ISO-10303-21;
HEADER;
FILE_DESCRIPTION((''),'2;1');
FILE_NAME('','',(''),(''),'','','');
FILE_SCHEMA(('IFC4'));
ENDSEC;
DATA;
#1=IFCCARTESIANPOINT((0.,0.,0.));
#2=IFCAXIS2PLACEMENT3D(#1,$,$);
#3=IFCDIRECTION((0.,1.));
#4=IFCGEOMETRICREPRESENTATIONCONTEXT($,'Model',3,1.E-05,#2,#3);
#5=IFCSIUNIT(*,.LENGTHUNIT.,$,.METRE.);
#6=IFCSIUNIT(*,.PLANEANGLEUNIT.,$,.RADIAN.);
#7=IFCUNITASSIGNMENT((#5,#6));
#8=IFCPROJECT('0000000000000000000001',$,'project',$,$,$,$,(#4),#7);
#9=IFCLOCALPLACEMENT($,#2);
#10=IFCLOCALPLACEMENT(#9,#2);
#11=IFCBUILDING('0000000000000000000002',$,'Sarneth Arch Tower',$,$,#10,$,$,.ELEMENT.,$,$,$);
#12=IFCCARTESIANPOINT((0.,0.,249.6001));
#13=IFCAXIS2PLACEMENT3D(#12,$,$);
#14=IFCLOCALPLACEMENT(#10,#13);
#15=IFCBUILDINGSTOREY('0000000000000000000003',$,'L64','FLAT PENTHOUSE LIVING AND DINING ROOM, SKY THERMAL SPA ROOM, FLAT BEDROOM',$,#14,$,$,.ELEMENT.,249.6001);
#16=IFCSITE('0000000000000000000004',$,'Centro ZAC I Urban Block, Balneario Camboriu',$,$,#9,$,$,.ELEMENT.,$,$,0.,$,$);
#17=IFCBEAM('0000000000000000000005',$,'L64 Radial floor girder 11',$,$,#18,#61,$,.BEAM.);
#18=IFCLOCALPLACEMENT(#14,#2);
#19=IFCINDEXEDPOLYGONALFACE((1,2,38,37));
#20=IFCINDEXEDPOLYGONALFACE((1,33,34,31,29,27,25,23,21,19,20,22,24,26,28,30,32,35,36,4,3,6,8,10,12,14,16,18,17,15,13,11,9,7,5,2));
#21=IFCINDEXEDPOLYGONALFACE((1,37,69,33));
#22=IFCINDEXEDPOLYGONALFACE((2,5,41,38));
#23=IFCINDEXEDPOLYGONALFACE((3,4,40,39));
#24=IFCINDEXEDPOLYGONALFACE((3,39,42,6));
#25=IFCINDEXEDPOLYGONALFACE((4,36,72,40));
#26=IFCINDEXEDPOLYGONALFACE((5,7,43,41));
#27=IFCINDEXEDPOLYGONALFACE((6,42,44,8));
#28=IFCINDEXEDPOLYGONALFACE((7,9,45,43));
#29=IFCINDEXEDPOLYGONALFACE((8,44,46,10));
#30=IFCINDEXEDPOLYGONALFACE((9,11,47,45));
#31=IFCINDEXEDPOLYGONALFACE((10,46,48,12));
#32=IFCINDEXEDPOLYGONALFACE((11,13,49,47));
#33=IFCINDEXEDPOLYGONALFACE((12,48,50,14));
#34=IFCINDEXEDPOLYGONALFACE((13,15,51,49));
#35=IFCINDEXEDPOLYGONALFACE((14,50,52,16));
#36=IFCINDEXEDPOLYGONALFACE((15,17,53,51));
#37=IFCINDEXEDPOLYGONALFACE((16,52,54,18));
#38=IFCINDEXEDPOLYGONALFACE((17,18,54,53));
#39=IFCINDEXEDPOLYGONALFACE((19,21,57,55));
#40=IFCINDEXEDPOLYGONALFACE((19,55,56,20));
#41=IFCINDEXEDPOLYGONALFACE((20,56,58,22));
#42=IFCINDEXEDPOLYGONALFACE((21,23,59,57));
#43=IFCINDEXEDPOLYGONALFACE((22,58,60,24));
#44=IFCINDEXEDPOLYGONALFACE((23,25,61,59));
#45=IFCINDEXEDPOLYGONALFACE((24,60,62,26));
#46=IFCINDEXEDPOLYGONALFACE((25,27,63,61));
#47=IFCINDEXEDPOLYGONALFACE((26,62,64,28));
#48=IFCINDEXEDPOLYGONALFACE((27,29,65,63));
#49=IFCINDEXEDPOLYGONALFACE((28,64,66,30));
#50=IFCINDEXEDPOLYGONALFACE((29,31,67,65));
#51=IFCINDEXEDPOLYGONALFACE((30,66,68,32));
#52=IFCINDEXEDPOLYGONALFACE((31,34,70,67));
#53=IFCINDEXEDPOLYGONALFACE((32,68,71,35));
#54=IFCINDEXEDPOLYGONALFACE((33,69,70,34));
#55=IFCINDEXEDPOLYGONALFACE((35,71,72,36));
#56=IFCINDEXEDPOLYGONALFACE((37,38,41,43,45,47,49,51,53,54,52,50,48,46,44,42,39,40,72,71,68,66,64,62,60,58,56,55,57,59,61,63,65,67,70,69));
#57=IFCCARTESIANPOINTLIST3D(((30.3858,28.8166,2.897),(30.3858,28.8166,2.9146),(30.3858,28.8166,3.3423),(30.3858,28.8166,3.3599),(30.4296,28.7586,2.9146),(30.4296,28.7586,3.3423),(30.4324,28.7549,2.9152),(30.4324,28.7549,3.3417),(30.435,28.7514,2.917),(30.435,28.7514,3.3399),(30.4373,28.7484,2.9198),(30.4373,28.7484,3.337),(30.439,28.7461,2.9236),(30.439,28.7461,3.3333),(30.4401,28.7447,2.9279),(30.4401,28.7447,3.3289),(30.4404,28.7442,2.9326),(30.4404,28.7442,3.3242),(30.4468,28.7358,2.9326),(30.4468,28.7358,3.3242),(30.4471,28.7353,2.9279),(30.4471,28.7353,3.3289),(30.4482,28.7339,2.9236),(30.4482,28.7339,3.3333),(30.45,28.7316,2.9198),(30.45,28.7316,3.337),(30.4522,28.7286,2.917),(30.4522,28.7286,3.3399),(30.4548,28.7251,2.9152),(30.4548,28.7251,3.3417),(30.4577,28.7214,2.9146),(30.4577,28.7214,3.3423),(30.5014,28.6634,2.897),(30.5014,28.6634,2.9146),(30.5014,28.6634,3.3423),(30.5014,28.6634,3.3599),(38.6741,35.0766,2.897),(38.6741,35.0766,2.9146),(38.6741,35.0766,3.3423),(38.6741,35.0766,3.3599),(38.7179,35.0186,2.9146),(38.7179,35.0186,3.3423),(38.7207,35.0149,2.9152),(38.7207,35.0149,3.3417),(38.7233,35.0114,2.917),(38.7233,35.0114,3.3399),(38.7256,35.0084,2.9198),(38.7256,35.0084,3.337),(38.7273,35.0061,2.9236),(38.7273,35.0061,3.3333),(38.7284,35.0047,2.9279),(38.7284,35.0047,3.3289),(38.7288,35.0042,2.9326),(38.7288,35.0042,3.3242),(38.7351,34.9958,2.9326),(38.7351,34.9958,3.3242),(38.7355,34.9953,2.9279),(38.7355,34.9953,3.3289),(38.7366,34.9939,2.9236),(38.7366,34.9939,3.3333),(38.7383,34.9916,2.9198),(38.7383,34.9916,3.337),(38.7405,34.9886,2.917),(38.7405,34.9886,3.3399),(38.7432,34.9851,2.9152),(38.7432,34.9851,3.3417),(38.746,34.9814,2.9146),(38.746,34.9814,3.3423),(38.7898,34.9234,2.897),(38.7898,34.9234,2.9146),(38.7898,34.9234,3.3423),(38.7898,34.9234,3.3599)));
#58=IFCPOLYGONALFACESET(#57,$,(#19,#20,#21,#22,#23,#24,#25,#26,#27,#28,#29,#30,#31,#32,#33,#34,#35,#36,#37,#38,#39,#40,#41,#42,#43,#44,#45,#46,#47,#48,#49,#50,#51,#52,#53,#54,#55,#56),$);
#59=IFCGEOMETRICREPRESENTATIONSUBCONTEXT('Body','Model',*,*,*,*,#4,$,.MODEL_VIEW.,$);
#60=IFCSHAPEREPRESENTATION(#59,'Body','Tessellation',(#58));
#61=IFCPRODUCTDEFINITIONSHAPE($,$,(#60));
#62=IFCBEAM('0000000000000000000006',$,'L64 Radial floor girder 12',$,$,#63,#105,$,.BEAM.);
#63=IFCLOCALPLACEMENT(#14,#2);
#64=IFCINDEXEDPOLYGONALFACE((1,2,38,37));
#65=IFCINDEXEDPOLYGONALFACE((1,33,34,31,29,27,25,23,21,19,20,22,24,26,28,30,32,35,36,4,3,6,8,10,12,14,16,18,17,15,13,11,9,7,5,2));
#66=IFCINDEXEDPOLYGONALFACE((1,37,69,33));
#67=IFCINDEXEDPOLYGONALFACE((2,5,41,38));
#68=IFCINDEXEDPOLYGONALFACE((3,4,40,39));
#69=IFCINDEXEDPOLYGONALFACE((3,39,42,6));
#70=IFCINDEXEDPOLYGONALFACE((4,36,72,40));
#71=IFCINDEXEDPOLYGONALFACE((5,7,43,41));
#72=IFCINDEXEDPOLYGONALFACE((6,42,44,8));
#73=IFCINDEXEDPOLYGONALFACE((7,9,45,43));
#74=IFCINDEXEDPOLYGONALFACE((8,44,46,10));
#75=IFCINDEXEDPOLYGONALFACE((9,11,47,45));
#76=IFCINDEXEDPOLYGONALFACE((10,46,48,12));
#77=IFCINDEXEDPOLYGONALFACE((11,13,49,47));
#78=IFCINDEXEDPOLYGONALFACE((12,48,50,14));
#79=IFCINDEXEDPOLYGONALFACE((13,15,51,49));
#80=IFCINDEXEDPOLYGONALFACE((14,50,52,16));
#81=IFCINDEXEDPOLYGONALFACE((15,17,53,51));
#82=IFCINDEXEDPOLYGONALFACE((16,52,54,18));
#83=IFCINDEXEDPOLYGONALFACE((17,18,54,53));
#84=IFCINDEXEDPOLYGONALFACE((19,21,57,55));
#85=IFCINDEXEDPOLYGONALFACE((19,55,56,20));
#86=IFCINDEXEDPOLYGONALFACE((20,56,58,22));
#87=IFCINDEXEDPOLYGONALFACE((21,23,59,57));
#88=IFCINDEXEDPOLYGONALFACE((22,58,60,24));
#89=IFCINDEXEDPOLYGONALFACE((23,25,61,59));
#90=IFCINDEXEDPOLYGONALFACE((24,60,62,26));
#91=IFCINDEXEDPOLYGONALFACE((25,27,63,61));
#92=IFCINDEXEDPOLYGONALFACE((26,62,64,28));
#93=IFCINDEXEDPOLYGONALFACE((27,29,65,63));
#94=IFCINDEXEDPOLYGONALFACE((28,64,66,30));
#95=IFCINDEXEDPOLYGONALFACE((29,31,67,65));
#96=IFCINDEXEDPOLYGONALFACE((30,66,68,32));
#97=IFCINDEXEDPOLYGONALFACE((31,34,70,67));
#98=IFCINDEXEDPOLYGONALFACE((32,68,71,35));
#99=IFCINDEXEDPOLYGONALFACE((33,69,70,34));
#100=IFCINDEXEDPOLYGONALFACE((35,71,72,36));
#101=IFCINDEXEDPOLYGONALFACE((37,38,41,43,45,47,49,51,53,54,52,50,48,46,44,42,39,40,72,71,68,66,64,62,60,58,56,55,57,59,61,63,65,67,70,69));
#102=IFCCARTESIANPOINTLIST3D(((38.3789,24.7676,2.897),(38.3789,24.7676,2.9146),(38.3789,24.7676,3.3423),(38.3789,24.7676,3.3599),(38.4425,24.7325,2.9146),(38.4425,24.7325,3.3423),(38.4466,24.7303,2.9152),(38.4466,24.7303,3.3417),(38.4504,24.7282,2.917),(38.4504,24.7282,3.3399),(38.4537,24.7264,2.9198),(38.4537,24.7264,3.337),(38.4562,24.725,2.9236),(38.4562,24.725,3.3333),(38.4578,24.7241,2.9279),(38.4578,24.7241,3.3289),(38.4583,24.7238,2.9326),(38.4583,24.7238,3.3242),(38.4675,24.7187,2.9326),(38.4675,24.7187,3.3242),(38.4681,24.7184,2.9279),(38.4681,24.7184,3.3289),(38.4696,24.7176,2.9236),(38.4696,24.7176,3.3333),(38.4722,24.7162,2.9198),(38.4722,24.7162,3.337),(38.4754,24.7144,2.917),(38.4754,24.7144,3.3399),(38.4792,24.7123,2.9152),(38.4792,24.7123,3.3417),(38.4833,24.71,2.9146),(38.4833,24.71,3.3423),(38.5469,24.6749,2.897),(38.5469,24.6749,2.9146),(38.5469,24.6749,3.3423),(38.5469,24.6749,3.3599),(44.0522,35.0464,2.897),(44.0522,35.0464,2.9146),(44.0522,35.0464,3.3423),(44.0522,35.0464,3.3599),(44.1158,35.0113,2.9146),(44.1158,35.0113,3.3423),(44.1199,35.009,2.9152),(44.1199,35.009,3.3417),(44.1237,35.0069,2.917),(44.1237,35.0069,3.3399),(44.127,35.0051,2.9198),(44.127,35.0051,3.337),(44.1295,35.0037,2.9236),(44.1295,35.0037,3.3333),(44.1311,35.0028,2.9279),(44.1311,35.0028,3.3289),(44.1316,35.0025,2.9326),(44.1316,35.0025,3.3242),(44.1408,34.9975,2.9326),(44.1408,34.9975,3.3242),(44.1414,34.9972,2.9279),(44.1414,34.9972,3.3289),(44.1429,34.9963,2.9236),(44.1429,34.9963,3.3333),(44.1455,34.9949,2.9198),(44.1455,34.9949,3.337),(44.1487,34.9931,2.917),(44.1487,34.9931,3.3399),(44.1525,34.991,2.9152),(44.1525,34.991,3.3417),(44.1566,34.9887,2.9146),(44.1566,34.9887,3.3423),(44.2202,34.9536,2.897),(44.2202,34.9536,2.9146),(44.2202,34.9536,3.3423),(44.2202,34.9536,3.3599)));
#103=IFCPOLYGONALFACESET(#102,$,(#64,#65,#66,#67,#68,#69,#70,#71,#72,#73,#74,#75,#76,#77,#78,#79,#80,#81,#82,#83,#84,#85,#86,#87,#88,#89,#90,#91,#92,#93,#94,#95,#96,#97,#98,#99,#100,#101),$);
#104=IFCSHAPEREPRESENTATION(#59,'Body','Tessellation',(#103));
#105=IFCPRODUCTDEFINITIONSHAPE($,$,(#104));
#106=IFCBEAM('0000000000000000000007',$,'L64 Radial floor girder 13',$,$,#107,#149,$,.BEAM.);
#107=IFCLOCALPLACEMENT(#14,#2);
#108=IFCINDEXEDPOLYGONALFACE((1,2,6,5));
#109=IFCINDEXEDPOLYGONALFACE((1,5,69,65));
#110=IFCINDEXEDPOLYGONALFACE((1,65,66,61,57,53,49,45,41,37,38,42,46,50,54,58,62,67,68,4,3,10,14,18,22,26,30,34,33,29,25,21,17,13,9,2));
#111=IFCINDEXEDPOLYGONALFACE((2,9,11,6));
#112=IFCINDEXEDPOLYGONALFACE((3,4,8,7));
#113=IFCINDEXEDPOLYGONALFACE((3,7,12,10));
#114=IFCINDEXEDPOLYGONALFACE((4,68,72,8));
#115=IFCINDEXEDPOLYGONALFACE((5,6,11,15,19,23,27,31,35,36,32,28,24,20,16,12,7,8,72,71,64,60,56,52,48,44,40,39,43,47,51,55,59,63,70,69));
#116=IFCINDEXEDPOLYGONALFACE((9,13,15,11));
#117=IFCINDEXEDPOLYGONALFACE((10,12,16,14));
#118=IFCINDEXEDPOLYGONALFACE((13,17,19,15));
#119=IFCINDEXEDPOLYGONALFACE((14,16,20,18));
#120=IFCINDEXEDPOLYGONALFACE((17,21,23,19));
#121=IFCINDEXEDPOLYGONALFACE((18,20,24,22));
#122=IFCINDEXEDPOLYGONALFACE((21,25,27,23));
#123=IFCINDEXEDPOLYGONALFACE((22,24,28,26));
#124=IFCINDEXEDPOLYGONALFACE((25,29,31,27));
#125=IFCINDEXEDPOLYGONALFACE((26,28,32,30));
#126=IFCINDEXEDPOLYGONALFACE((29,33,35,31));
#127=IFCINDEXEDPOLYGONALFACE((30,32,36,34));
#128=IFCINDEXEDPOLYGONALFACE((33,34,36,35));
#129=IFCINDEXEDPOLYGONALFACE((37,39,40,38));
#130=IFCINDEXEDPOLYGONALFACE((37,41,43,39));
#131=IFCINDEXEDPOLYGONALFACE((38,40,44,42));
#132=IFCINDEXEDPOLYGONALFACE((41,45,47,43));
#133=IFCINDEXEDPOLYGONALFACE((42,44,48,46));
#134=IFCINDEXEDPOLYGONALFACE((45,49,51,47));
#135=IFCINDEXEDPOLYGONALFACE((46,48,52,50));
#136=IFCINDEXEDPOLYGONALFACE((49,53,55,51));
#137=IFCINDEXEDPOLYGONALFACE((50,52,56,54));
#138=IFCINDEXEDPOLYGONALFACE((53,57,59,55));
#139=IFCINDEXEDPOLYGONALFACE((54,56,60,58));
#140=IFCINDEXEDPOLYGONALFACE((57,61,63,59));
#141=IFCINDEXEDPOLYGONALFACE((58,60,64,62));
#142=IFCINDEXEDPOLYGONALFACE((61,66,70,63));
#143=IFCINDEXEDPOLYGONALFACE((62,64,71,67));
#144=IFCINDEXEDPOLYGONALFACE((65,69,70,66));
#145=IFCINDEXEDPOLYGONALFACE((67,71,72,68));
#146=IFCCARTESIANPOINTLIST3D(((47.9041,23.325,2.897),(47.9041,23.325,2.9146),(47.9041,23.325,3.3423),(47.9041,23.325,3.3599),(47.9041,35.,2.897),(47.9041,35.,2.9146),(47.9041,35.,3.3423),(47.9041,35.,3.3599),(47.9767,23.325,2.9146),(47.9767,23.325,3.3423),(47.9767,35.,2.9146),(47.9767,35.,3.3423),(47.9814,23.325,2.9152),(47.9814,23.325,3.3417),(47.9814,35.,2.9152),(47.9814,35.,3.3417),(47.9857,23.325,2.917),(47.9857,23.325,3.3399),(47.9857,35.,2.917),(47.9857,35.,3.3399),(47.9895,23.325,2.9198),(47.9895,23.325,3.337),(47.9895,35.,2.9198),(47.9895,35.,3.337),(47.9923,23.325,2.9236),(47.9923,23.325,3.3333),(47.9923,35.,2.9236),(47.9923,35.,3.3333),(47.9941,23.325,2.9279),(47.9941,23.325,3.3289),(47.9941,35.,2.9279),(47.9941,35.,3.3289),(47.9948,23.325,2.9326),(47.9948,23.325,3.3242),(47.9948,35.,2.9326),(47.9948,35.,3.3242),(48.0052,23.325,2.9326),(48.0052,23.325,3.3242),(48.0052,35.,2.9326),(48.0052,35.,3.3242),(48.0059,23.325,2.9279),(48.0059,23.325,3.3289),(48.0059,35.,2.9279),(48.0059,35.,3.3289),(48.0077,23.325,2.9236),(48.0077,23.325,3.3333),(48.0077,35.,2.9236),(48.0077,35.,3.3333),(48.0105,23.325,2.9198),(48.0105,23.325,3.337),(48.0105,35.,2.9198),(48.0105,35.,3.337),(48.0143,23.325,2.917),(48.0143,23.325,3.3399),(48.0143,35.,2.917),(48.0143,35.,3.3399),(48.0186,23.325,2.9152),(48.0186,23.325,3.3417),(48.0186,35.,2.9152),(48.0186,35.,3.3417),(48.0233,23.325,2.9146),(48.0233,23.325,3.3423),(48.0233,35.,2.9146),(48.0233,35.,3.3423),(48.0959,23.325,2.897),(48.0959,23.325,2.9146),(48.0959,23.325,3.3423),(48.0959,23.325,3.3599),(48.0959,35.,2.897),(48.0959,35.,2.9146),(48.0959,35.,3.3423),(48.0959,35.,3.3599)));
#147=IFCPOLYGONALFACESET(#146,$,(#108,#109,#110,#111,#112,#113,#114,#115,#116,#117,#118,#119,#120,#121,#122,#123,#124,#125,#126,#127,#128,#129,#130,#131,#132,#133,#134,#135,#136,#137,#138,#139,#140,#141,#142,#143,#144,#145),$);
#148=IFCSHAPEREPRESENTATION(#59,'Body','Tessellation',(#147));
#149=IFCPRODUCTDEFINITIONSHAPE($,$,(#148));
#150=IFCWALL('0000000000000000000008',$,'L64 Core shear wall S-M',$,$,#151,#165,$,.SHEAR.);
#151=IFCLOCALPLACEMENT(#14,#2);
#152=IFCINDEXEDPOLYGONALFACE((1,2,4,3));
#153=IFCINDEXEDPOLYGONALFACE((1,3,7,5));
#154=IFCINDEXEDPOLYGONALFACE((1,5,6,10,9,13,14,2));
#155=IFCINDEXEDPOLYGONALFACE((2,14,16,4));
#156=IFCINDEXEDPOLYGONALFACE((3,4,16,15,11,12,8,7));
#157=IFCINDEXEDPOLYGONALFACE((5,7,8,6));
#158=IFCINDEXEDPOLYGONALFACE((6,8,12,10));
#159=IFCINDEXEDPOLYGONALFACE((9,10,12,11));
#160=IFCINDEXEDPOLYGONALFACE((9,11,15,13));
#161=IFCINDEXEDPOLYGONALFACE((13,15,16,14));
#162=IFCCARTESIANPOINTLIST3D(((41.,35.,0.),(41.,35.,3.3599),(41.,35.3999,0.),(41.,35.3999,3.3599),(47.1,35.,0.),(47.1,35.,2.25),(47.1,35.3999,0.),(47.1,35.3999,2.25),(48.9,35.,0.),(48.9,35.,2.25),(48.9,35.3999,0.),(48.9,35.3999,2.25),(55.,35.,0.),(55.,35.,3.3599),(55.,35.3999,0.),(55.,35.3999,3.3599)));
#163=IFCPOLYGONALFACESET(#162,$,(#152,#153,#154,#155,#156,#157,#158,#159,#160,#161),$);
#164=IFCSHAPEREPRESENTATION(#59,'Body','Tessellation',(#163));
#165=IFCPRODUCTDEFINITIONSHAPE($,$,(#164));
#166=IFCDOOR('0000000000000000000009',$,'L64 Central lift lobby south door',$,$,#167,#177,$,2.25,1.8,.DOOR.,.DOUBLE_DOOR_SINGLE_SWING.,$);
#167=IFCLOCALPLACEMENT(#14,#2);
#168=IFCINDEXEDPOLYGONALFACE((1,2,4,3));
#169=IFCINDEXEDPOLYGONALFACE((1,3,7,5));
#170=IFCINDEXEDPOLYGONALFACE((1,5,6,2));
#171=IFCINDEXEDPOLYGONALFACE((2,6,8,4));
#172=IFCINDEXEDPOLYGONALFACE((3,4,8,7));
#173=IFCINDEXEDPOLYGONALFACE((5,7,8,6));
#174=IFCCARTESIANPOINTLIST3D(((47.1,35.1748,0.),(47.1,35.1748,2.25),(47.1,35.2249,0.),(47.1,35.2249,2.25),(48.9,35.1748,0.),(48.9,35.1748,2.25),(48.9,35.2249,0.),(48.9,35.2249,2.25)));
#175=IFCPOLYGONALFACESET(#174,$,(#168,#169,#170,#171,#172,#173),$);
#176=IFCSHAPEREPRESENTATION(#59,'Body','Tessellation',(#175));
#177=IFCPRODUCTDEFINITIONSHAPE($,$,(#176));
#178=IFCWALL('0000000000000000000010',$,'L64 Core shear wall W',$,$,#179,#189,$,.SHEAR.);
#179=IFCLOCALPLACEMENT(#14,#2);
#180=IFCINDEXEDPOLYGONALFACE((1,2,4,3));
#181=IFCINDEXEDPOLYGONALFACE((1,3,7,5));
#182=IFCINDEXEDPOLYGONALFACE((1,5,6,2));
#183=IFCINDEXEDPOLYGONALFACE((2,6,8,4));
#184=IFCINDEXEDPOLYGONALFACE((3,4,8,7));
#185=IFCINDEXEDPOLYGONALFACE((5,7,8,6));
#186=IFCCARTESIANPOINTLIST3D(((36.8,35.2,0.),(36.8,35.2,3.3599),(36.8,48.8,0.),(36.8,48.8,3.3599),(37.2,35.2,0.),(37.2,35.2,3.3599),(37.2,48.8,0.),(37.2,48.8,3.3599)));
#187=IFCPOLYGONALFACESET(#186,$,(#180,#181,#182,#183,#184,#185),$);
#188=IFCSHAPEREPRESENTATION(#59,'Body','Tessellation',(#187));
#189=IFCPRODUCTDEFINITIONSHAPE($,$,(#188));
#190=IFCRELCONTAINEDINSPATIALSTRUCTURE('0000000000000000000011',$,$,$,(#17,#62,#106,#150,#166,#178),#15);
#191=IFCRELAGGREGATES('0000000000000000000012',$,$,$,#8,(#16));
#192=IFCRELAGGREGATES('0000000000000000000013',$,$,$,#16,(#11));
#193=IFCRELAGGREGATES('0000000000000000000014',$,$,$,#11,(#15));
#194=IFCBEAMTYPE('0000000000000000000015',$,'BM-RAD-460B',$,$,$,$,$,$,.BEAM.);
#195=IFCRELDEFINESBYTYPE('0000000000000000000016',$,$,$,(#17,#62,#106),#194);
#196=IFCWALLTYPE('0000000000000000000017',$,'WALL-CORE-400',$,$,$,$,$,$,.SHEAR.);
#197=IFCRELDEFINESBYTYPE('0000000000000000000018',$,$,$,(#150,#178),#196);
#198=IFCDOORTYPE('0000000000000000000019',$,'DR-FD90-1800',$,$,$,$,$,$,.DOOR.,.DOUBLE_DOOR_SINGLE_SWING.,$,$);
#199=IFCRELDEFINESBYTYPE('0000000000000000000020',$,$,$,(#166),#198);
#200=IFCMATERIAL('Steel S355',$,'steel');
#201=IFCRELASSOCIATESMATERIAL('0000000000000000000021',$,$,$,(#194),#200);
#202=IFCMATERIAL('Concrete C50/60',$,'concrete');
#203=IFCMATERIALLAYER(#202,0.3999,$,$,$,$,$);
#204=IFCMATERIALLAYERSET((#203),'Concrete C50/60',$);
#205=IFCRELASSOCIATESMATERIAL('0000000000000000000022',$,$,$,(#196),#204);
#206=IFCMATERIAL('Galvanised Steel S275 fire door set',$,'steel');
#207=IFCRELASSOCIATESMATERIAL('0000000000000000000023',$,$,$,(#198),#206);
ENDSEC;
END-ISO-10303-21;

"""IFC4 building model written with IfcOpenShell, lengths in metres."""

from ifc_helpers import new_model, si_unit, direction, frame, frame_2d, origin, origin_2d, place, context, subcontext, project, spatial, rectangle, i_section, extrude, material, layer, layer_set, material_profile, profile_set, type_object, element, fill, save


model = new_model("IFC4")

# Units and contexts
model_context = context("Model", 3, precision=1e-05, world=origin(), true_north=direction((0.0, 1.0)))
body_context = subcontext(model_context, "Body", "Model", "MODEL_VIEW")
ifc_project = project(units=[si_unit("LENGTHUNIT", "METRE"), si_unit("PLANEANGLEUNIT", "RADIAN")], contexts=[model_context])

# Site, building, storey
site_placement = place(None, origin())
site = spatial("IfcSite", under=ifc_project, at=site_placement, Name="Centro ZAC I Urban Block, Balneario Camboriu", CompositionType="ELEMENT", RefElevation=0.0)
building_placement = place(site_placement, origin())
building = spatial("IfcBuilding", under=site, at=building_placement, Name="Sarneth Arch Tower", CompositionType="ELEMENT")
storey_placement = place(building_placement, frame((0.0, 0.0, 249.6001)))
storey = spatial("IfcBuildingStorey", under=building, at=storey_placement, Name="L64", Description="FLAT PENTHOUSE LIVING AND DINING ROOM, SKY THERMAL SPA ROOM, FLAT BEDROOM", CompositionType="ELEMENT", Elevation=249.6001)

# Beams
ifc_material_1 = material(Name="Steel S355", Category="steel")
ifc_material_profile_1 = material_profile(ifc_material_1, i_section(OverallWidth=0.1919, OverallDepth=0.4629, WebThickness=0.0105, FlangeThickness=0.0176, FilletRadius=0.0181, at=origin_2d()), Name="W460x89")
ifc_profile_set_1 = profile_set([ifc_material_profile_1], Name="Steel S355")
beam_type_1 = type_object("IfcBeamType", Name="BM-RAD-460B", PredefinedType="BEAM", material=ifc_profile_set_1)
beam_1_placement = place(storey_placement, frame((38.7319, 35.0, 3.1284), z_axis=(-0.797973, -0.602693, 0.0), x_axis=(0.602693, -0.797973, 0.0)))
element("IfcBeam", 1, at=beam_1_placement, inside=storey, type_object=beam_type_1, Name="L64 Radial floor girder 11", PredefinedType="BEAM", context=body_context, shape_type="SweptSolid", body=[
    extrude(i_section(OverallWidth=0.1919, OverallDepth=0.4629, WebThickness=0.0105, FlangeThickness=0.0176, FilletRadius=0.0181, at=origin_2d()), origin(), (0.0, 0.0, 1.0), 10.3867),
])
beam_2_placement = place(storey_placement, frame((44.1362, 35.0, 3.1284), z_axis=(-0.483226, -0.875496, 0.0), x_axis=(0.875496, -0.483226, 0.0)))
element("IfcBeam", 2, at=beam_2_placement, inside=storey, type_object=beam_type_1, Name="L64 Radial floor girder 12", PredefinedType="BEAM", context=body_context, shape_type="SweptSolid", body=[
    extrude(i_section(OverallWidth=0.1919, OverallDepth=0.4629, WebThickness=0.0105, FlangeThickness=0.0176, FilletRadius=0.0181, at=origin_2d()), origin(), (0.0, 0.0, 1.0), 11.7405),
])
beam_3_placement = place(storey_placement, frame((48.0, 35.0, 3.1284), z_axis=(0.0, -1.0, 0.0), x_axis=(1.0, 0.0, 0.0)))
element("IfcBeam", 3, at=beam_3_placement, inside=storey, type_object=beam_type_1, Name="L64 Radial floor girder 13", PredefinedType="BEAM", context=body_context, shape_type="SweptSolid", body=[
    extrude(i_section(OverallWidth=0.1919, OverallDepth=0.4629, WebThickness=0.0105, FlangeThickness=0.0176, FilletRadius=0.0181, at=origin_2d()), origin(), (0.0, 0.0, 1.0), 11.675),
])

# Wall, opening, door
ifc_material_2 = material(Name="Concrete C50/60", Category="concrete")
ifc_layer_1 = layer(ifc_material_2, 0.3999)
ifc_layer_set_1 = layer_set([ifc_layer_1], Name="Concrete C50/60")
wall_type_1 = type_object("IfcWallType", Name="WALL-CORE-400", PredefinedType="SHEAR", material=ifc_layer_set_1)
wall_1_placement = place(storey_placement, frame((41.0, 35.2, 0.0), z_axis=(0.0, 0.0, 1.0), x_axis=(1.0, 0.0, 0.0)))
wall_1 = element("IfcWall", 4, at=wall_1_placement, inside=storey, type_object=wall_type_1, Name="L64 Core shear wall S-M", PredefinedType="SHEAR", context=body_context, shape_type="SweptSolid", body=[
    extrude(rectangle(XDim=14.0, YDim=0.3999, at=frame_2d((7.0, 0.0))), origin(), (0.0, 0.0, 1.0), 3.3599),
])
opening_1_placement = place(wall_1_placement, frame((6.1001, 0.0, 0.0)))
opening_1 = element("IfcOpeningElement", 5, at=opening_1_placement, cuts=wall_1, PredefinedType="OPENING", context=body_context, shape_type="SweptSolid", body=[
    extrude(rectangle(XDim=1.8, YDim=2.25, at=frame_2d((0.8999, 1.125))), frame((0.0, 0.21, 0.0), z_axis=(0.0, -1.0, 0.0), x_axis=(1.0, 0.0, 0.0)), (0.0, 0.0, 1.0), 0.4199),
])
ifc_material_3 = material(Name="Galvanised Steel S275 fire door set", Category="steel")
door_type_1 = type_object("IfcDoorType", Name="DR-FD90-1800", OperationType="DOUBLE_DOOR_SINGLE_SWING", PredefinedType="DOOR", material=ifc_material_3)
door_1_placement = place(opening_1_placement, origin())
door_1 = element("IfcDoor", 6, at=door_1_placement, inside=storey, type_object=door_type_1, Name="L64 Central lift lobby south door", OperationType="DOUBLE_DOOR_SINGLE_SWING", OverallHeight=2.25, OverallWidth=1.8, PredefinedType="DOOR", context=body_context, shape_type="SweptSolid", body=[
    extrude(rectangle(XDim=1.8, YDim=2.25, at=frame_2d((0.8999, 1.125))), frame((0.0, 0.0249, 0.0), z_axis=(0.0, -1.0, 0.0), x_axis=(1.0, 0.0, 0.0)), (0.0, 0.0, 1.0), 0.05),
])
fill(opening_1, door_1)

# Wall
wall_2_placement = place(storey_placement, frame((37.0, 35.2, 0.0), z_axis=(0.0, 0.0, 1.0), x_axis=(0.0, 1.0, 0.0)))
element("IfcWall", 7, at=wall_2_placement, inside=storey, type_object=wall_type_1, Name="L64 Core shear wall W", PredefinedType="SHEAR", context=body_context, shape_type="SweptSolid", body=[
    extrude(rectangle(XDim=13.6001, YDim=0.3999, at=frame_2d((6.8, 0.0))), origin(), (0.0, 0.0, 1.0), 3.3599),
])

save(model, "model.ifc")
